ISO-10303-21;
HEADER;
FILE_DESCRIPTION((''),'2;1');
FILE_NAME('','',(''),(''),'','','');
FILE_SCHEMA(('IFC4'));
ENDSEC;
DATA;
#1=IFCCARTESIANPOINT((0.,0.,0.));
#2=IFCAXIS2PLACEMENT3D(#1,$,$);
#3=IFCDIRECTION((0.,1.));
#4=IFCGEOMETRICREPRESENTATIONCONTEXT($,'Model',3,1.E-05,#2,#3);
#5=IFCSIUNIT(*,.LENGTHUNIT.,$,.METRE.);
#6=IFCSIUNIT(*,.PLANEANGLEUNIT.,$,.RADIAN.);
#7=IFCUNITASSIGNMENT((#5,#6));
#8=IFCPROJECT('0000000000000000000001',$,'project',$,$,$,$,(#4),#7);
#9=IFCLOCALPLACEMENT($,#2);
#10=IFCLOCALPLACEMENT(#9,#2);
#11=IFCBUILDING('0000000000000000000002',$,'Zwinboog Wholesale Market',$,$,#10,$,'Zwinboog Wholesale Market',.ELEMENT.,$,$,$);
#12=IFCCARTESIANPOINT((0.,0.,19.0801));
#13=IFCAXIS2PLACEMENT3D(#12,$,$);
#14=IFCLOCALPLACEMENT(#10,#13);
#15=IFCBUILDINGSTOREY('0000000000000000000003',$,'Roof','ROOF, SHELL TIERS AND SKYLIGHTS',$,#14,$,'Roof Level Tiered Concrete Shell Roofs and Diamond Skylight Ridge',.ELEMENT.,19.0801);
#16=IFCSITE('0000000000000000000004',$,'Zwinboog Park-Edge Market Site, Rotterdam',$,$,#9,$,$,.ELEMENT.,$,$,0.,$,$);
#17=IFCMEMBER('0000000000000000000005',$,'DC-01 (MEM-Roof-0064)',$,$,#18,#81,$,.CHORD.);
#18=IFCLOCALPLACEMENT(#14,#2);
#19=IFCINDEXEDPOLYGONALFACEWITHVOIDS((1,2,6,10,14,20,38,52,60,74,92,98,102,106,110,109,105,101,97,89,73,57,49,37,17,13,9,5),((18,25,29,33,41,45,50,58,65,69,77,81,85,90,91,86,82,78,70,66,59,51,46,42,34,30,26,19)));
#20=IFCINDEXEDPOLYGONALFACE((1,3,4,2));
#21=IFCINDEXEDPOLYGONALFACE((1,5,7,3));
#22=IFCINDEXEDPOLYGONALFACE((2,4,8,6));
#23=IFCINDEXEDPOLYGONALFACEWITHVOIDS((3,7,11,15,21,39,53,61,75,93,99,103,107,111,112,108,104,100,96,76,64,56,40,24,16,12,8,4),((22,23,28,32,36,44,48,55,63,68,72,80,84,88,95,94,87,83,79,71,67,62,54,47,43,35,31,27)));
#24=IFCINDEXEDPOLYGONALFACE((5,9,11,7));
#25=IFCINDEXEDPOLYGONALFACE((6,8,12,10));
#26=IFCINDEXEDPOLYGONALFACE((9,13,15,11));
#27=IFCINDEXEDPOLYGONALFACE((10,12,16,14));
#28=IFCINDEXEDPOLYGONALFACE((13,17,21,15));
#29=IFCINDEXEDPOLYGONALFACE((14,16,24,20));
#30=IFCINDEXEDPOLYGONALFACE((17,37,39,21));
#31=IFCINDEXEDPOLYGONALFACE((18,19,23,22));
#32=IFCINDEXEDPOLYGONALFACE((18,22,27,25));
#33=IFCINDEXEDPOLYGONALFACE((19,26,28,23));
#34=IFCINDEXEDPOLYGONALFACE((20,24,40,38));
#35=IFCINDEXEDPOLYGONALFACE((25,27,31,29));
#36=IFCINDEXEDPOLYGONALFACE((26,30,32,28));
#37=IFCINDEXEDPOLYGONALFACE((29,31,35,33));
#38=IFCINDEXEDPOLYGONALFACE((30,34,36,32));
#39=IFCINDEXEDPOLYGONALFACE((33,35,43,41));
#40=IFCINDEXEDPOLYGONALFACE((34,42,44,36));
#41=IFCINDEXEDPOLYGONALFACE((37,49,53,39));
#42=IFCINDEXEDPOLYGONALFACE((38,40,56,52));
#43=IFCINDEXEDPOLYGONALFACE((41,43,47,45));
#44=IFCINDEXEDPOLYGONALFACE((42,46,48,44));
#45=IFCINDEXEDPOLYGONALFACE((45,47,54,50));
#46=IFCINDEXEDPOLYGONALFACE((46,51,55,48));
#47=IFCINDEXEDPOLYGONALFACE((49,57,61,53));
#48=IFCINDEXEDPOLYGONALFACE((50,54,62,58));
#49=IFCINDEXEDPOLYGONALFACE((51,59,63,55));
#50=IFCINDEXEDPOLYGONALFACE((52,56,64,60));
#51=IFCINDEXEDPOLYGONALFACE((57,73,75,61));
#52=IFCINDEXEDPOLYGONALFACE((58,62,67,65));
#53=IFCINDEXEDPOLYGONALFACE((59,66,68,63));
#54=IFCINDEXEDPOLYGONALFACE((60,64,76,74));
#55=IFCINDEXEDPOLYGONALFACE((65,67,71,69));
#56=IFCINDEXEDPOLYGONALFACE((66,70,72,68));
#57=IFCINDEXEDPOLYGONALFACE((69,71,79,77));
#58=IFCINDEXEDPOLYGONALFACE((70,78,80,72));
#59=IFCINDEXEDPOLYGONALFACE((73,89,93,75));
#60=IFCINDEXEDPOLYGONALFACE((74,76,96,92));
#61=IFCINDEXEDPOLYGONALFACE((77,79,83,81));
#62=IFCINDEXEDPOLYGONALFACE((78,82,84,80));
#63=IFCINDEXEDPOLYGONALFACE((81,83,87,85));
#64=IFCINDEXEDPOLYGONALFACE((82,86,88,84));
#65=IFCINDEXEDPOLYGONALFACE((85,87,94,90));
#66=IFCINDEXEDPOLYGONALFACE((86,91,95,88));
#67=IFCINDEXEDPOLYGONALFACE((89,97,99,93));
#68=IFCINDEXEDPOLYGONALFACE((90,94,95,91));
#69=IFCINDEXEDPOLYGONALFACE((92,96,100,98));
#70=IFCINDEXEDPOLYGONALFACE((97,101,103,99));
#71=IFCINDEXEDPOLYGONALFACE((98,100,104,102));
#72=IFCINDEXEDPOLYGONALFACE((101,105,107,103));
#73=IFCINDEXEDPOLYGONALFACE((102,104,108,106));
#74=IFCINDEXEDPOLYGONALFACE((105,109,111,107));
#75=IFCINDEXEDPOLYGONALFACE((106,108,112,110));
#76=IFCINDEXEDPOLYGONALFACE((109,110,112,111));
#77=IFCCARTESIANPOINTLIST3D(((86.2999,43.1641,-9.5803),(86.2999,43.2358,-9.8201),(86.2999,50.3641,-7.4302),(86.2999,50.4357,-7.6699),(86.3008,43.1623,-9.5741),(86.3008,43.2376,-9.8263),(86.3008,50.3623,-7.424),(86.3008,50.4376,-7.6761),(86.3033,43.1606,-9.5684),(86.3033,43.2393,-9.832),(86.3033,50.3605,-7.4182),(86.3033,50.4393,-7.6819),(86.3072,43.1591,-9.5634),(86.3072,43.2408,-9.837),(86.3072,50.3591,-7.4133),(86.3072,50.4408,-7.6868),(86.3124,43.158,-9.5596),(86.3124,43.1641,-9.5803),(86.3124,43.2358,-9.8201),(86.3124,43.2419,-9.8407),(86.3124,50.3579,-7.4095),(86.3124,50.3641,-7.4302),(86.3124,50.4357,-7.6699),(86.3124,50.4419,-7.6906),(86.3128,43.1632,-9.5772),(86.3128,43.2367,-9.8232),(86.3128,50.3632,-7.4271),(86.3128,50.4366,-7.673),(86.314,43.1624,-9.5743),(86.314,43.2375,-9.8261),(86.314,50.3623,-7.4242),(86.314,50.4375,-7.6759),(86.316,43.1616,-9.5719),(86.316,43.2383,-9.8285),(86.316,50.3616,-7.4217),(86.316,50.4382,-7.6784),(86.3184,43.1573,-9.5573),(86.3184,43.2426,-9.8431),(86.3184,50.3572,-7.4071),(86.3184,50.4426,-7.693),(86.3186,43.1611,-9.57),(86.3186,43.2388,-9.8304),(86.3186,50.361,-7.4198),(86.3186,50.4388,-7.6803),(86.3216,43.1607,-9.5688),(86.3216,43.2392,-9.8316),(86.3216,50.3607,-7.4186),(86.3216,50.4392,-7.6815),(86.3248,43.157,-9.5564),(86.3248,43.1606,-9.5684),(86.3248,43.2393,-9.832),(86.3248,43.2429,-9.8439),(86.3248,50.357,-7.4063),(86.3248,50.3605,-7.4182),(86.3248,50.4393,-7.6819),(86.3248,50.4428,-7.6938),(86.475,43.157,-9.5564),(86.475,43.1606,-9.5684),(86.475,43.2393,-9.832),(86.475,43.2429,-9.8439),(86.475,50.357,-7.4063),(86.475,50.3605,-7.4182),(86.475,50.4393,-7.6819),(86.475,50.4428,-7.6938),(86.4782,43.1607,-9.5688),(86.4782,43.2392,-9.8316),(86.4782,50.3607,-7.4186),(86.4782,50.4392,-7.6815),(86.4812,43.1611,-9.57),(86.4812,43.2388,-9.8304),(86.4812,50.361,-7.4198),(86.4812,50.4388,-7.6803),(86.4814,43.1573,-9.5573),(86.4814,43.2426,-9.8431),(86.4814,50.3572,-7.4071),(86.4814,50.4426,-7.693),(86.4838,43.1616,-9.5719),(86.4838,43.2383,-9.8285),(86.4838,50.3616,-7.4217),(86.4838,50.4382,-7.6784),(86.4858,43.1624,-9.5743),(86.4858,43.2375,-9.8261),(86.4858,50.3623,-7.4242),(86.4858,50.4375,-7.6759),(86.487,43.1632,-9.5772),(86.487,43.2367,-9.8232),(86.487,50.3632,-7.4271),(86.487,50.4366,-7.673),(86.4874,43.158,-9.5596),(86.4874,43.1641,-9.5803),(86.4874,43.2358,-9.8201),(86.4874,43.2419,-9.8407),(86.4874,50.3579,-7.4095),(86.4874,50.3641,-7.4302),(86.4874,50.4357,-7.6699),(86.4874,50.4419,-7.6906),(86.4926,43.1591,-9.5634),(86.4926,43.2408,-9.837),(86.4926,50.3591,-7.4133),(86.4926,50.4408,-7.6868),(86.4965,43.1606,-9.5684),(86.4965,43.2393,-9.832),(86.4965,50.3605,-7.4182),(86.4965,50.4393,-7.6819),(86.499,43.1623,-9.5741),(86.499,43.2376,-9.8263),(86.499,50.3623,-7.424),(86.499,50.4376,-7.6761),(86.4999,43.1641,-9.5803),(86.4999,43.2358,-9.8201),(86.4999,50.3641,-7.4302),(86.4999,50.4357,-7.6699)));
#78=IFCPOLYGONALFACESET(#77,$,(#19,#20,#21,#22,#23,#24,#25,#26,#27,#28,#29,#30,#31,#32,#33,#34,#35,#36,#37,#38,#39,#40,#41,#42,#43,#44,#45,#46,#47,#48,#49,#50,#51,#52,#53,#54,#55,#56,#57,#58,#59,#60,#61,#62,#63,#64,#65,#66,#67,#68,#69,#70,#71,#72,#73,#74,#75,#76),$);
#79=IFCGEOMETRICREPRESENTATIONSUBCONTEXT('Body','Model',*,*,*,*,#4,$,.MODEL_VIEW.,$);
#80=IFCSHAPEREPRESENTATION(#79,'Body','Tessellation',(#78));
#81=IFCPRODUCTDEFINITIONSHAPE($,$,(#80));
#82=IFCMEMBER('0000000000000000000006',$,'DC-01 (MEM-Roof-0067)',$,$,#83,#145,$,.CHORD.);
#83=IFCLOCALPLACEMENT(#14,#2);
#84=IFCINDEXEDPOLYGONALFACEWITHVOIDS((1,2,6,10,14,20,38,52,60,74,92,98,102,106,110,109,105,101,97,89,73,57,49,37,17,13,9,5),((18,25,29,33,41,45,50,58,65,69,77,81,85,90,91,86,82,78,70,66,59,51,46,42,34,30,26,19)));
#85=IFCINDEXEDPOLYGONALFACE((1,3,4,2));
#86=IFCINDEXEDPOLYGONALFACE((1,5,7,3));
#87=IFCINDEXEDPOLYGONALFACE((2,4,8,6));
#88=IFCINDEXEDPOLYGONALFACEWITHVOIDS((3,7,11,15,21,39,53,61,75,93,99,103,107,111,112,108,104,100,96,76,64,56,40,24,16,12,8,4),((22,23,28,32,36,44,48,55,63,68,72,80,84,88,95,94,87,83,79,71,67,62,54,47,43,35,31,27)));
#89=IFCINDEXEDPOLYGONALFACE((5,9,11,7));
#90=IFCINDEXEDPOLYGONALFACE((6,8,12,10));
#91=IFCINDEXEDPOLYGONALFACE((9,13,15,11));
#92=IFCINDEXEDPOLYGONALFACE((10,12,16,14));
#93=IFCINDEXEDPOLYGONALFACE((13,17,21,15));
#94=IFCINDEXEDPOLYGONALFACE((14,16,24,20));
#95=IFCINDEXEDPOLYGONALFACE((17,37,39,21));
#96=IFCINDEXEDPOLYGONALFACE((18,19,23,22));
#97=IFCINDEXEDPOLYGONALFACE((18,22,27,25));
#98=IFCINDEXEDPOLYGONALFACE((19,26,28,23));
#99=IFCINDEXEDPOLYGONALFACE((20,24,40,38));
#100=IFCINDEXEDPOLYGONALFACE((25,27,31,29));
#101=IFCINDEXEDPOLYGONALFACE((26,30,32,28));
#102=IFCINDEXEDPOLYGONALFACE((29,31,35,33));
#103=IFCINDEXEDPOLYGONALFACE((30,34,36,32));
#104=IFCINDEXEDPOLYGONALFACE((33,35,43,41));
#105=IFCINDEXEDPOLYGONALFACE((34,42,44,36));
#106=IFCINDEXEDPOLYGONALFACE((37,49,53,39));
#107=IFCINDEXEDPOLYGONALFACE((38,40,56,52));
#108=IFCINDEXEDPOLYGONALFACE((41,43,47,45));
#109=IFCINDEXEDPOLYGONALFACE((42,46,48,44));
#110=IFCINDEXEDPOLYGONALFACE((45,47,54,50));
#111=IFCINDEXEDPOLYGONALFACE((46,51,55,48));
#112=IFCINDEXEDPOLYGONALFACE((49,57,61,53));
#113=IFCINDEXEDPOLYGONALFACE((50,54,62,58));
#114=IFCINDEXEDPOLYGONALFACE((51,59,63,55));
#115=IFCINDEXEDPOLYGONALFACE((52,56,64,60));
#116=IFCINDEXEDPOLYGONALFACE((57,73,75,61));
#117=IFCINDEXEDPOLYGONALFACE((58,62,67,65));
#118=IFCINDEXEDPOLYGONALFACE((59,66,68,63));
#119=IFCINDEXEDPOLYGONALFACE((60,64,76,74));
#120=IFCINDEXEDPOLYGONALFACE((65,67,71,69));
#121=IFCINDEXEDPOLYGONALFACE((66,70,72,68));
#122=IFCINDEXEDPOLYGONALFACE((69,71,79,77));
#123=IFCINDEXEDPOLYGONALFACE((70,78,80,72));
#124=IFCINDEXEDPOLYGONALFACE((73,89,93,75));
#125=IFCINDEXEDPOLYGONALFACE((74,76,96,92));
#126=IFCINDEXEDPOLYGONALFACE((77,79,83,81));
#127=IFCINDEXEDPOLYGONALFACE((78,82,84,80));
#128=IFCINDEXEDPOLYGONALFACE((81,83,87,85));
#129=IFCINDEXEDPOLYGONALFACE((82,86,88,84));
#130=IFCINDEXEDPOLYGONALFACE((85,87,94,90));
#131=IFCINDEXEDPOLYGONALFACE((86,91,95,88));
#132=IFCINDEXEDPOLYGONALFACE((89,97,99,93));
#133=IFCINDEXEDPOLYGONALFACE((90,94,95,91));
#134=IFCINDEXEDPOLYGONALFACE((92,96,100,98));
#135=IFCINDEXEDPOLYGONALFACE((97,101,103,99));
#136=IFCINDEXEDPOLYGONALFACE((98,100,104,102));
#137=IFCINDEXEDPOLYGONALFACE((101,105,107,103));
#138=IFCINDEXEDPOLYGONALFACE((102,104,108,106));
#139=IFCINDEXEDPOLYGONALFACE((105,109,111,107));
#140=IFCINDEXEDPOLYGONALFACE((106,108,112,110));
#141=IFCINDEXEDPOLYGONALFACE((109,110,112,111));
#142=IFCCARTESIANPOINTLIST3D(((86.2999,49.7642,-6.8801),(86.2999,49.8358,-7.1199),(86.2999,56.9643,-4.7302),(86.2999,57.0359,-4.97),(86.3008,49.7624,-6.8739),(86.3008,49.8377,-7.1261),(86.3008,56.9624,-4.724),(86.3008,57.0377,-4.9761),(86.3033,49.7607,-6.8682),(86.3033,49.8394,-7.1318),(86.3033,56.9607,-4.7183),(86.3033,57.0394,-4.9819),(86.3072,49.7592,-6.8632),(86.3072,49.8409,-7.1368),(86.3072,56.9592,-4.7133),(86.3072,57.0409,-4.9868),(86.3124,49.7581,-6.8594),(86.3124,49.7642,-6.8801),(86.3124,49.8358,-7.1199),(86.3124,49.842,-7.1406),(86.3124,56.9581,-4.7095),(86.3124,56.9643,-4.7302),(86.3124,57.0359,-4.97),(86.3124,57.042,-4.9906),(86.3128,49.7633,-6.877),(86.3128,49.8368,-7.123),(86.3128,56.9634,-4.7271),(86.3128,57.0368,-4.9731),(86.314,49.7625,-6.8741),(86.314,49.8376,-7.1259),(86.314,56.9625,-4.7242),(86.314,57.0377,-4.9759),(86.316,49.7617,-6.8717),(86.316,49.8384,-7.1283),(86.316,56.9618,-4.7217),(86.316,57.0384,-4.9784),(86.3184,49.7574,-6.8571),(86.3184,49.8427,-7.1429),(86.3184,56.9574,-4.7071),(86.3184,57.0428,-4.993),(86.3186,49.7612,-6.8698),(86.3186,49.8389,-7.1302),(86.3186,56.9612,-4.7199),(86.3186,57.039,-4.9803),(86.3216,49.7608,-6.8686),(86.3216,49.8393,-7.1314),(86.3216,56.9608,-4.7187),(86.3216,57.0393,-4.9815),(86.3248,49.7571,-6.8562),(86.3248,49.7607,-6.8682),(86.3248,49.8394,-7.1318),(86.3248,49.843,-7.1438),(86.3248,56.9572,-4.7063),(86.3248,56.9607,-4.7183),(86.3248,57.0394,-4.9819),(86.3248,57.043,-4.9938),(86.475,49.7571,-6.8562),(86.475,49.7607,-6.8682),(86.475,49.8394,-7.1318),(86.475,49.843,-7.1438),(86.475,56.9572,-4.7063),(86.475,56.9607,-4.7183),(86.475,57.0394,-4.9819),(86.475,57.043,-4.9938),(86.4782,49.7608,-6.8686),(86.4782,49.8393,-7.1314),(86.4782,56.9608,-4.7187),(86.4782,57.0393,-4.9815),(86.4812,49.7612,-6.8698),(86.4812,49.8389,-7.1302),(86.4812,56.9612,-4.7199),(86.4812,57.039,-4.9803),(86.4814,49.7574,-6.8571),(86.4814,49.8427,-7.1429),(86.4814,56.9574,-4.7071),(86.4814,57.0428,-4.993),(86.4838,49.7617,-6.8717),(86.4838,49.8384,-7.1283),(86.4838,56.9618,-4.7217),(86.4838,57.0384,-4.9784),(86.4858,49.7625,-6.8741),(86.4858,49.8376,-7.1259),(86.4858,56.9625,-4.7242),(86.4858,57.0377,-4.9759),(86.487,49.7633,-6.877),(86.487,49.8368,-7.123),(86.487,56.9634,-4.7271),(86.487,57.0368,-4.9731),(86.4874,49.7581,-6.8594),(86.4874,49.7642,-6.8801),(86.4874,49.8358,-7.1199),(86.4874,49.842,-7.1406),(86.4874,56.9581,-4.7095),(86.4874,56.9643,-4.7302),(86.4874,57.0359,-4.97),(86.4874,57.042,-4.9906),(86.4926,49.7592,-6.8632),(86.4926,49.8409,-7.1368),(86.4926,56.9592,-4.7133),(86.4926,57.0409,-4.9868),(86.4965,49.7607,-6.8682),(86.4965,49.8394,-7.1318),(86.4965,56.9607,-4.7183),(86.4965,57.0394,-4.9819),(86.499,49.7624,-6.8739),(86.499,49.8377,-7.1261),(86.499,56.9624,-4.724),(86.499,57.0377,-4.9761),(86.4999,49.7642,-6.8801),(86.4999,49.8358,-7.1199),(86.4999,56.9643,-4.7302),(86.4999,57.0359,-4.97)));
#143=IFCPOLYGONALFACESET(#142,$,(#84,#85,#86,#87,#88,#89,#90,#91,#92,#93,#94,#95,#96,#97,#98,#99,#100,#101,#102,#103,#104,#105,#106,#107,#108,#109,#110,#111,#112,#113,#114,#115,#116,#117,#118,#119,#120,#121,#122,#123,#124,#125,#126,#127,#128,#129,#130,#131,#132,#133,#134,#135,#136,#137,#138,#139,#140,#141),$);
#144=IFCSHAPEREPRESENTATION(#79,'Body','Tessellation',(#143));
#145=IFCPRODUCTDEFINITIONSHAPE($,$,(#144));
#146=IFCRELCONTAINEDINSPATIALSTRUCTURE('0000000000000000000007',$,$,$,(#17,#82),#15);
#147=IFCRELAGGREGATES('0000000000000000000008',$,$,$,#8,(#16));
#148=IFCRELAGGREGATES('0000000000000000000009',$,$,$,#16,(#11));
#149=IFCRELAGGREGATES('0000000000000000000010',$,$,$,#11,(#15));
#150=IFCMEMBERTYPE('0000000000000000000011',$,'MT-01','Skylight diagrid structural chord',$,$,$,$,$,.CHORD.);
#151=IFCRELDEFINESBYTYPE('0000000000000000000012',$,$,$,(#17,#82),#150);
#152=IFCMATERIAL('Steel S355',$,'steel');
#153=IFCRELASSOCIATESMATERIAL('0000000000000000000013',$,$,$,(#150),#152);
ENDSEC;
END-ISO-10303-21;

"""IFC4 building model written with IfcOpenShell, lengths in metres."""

from ifc_helpers import new_model, si_unit, direction, frame, origin, origin_2d, place, context, subcontext, project, spatial, hollow_rectangle, extrude, material, material_profile, profile_set, type_object, element, save


model = new_model("IFC4")

# Units and contexts
model_context = context("Model", 3, precision=1e-05, world=origin(), true_north=direction((0.0, 1.0)))
body_context = subcontext(model_context, "Body", "Model", "MODEL_VIEW")
ifc_project = project(units=[si_unit("LENGTHUNIT", "METRE"), si_unit("PLANEANGLEUNIT", "RADIAN")], contexts=[model_context])

# Site, building, storey
site_placement = place(None, origin())
site = spatial("IfcSite", under=ifc_project, at=site_placement, Name="Zwinboog Park-Edge Market Site, Rotterdam", CompositionType="ELEMENT", RefElevation=0.0)
building_placement = place(site_placement, origin())
building = spatial("IfcBuilding", under=site, at=building_placement, Name="Zwinboog Wholesale Market", LongName="Zwinboog Wholesale Market", CompositionType="ELEMENT")
storey_placement = place(building_placement, frame((0.0, 0.0, 19.0801)))
storey = spatial("IfcBuildingStorey", under=building, at=storey_placement, Name="Roof", Description="ROOF, SHELL TIERS AND SKYLIGHTS", LongName="Roof Level Tiered Concrete Shell Roofs and Diamond Skylight Ridge", CompositionType="ELEMENT", Elevation=19.0801)

# Members
ifc_material_1 = material(Name="Steel S355", Category="steel")
ifc_material_profile_1 = material_profile(ifc_material_1, hollow_rectangle(XDim=0.2, YDim=0.3, WallThickness=0.0125, InnerFilletRadius=0.0125, OuterFilletRadius=0.0249, at=origin_2d()), Name="RHS 300x200x12.5")
ifc_profile_set_1 = profile_set([ifc_material_profile_1], Name="Steel S355")
member_type_1 = type_object("IfcMemberType", Name="MT-01", Description="Skylight diagrid structural chord", PredefinedType="CHORD", material=ifc_profile_set_1)
for number, where, z_axis, x_axis, name in (
    (1, (86.3999, 43.2, -9.7002), (0.0, 0.958186, 0.286146), (-1.0, 0.0, 0.0), "DC-01 (MEM-Roof-0064)"),
    (2, (86.3999, 49.8, -7.0), (0.0, 0.958195, 0.286117), (-1.0, 0.0, 0.0), "DC-01 (MEM-Roof-0067)"),
):
    element("IfcMember", number, at=place(storey_placement, frame(where, z_axis=z_axis, x_axis=x_axis)), inside=storey, type_object=member_type_1, Name=name, PredefinedType="CHORD", context=body_context, shape_type="SweptSolid", body=[
        extrude(hollow_rectangle(XDim=0.2, YDim=0.3, WallThickness=0.0125, InnerFilletRadius=0.0125, OuterFilletRadius=0.0249, at=origin_2d()), origin(), (0.0, 0.0, 1.0), 7.5142),
    ])

save(model, "model.ifc")
